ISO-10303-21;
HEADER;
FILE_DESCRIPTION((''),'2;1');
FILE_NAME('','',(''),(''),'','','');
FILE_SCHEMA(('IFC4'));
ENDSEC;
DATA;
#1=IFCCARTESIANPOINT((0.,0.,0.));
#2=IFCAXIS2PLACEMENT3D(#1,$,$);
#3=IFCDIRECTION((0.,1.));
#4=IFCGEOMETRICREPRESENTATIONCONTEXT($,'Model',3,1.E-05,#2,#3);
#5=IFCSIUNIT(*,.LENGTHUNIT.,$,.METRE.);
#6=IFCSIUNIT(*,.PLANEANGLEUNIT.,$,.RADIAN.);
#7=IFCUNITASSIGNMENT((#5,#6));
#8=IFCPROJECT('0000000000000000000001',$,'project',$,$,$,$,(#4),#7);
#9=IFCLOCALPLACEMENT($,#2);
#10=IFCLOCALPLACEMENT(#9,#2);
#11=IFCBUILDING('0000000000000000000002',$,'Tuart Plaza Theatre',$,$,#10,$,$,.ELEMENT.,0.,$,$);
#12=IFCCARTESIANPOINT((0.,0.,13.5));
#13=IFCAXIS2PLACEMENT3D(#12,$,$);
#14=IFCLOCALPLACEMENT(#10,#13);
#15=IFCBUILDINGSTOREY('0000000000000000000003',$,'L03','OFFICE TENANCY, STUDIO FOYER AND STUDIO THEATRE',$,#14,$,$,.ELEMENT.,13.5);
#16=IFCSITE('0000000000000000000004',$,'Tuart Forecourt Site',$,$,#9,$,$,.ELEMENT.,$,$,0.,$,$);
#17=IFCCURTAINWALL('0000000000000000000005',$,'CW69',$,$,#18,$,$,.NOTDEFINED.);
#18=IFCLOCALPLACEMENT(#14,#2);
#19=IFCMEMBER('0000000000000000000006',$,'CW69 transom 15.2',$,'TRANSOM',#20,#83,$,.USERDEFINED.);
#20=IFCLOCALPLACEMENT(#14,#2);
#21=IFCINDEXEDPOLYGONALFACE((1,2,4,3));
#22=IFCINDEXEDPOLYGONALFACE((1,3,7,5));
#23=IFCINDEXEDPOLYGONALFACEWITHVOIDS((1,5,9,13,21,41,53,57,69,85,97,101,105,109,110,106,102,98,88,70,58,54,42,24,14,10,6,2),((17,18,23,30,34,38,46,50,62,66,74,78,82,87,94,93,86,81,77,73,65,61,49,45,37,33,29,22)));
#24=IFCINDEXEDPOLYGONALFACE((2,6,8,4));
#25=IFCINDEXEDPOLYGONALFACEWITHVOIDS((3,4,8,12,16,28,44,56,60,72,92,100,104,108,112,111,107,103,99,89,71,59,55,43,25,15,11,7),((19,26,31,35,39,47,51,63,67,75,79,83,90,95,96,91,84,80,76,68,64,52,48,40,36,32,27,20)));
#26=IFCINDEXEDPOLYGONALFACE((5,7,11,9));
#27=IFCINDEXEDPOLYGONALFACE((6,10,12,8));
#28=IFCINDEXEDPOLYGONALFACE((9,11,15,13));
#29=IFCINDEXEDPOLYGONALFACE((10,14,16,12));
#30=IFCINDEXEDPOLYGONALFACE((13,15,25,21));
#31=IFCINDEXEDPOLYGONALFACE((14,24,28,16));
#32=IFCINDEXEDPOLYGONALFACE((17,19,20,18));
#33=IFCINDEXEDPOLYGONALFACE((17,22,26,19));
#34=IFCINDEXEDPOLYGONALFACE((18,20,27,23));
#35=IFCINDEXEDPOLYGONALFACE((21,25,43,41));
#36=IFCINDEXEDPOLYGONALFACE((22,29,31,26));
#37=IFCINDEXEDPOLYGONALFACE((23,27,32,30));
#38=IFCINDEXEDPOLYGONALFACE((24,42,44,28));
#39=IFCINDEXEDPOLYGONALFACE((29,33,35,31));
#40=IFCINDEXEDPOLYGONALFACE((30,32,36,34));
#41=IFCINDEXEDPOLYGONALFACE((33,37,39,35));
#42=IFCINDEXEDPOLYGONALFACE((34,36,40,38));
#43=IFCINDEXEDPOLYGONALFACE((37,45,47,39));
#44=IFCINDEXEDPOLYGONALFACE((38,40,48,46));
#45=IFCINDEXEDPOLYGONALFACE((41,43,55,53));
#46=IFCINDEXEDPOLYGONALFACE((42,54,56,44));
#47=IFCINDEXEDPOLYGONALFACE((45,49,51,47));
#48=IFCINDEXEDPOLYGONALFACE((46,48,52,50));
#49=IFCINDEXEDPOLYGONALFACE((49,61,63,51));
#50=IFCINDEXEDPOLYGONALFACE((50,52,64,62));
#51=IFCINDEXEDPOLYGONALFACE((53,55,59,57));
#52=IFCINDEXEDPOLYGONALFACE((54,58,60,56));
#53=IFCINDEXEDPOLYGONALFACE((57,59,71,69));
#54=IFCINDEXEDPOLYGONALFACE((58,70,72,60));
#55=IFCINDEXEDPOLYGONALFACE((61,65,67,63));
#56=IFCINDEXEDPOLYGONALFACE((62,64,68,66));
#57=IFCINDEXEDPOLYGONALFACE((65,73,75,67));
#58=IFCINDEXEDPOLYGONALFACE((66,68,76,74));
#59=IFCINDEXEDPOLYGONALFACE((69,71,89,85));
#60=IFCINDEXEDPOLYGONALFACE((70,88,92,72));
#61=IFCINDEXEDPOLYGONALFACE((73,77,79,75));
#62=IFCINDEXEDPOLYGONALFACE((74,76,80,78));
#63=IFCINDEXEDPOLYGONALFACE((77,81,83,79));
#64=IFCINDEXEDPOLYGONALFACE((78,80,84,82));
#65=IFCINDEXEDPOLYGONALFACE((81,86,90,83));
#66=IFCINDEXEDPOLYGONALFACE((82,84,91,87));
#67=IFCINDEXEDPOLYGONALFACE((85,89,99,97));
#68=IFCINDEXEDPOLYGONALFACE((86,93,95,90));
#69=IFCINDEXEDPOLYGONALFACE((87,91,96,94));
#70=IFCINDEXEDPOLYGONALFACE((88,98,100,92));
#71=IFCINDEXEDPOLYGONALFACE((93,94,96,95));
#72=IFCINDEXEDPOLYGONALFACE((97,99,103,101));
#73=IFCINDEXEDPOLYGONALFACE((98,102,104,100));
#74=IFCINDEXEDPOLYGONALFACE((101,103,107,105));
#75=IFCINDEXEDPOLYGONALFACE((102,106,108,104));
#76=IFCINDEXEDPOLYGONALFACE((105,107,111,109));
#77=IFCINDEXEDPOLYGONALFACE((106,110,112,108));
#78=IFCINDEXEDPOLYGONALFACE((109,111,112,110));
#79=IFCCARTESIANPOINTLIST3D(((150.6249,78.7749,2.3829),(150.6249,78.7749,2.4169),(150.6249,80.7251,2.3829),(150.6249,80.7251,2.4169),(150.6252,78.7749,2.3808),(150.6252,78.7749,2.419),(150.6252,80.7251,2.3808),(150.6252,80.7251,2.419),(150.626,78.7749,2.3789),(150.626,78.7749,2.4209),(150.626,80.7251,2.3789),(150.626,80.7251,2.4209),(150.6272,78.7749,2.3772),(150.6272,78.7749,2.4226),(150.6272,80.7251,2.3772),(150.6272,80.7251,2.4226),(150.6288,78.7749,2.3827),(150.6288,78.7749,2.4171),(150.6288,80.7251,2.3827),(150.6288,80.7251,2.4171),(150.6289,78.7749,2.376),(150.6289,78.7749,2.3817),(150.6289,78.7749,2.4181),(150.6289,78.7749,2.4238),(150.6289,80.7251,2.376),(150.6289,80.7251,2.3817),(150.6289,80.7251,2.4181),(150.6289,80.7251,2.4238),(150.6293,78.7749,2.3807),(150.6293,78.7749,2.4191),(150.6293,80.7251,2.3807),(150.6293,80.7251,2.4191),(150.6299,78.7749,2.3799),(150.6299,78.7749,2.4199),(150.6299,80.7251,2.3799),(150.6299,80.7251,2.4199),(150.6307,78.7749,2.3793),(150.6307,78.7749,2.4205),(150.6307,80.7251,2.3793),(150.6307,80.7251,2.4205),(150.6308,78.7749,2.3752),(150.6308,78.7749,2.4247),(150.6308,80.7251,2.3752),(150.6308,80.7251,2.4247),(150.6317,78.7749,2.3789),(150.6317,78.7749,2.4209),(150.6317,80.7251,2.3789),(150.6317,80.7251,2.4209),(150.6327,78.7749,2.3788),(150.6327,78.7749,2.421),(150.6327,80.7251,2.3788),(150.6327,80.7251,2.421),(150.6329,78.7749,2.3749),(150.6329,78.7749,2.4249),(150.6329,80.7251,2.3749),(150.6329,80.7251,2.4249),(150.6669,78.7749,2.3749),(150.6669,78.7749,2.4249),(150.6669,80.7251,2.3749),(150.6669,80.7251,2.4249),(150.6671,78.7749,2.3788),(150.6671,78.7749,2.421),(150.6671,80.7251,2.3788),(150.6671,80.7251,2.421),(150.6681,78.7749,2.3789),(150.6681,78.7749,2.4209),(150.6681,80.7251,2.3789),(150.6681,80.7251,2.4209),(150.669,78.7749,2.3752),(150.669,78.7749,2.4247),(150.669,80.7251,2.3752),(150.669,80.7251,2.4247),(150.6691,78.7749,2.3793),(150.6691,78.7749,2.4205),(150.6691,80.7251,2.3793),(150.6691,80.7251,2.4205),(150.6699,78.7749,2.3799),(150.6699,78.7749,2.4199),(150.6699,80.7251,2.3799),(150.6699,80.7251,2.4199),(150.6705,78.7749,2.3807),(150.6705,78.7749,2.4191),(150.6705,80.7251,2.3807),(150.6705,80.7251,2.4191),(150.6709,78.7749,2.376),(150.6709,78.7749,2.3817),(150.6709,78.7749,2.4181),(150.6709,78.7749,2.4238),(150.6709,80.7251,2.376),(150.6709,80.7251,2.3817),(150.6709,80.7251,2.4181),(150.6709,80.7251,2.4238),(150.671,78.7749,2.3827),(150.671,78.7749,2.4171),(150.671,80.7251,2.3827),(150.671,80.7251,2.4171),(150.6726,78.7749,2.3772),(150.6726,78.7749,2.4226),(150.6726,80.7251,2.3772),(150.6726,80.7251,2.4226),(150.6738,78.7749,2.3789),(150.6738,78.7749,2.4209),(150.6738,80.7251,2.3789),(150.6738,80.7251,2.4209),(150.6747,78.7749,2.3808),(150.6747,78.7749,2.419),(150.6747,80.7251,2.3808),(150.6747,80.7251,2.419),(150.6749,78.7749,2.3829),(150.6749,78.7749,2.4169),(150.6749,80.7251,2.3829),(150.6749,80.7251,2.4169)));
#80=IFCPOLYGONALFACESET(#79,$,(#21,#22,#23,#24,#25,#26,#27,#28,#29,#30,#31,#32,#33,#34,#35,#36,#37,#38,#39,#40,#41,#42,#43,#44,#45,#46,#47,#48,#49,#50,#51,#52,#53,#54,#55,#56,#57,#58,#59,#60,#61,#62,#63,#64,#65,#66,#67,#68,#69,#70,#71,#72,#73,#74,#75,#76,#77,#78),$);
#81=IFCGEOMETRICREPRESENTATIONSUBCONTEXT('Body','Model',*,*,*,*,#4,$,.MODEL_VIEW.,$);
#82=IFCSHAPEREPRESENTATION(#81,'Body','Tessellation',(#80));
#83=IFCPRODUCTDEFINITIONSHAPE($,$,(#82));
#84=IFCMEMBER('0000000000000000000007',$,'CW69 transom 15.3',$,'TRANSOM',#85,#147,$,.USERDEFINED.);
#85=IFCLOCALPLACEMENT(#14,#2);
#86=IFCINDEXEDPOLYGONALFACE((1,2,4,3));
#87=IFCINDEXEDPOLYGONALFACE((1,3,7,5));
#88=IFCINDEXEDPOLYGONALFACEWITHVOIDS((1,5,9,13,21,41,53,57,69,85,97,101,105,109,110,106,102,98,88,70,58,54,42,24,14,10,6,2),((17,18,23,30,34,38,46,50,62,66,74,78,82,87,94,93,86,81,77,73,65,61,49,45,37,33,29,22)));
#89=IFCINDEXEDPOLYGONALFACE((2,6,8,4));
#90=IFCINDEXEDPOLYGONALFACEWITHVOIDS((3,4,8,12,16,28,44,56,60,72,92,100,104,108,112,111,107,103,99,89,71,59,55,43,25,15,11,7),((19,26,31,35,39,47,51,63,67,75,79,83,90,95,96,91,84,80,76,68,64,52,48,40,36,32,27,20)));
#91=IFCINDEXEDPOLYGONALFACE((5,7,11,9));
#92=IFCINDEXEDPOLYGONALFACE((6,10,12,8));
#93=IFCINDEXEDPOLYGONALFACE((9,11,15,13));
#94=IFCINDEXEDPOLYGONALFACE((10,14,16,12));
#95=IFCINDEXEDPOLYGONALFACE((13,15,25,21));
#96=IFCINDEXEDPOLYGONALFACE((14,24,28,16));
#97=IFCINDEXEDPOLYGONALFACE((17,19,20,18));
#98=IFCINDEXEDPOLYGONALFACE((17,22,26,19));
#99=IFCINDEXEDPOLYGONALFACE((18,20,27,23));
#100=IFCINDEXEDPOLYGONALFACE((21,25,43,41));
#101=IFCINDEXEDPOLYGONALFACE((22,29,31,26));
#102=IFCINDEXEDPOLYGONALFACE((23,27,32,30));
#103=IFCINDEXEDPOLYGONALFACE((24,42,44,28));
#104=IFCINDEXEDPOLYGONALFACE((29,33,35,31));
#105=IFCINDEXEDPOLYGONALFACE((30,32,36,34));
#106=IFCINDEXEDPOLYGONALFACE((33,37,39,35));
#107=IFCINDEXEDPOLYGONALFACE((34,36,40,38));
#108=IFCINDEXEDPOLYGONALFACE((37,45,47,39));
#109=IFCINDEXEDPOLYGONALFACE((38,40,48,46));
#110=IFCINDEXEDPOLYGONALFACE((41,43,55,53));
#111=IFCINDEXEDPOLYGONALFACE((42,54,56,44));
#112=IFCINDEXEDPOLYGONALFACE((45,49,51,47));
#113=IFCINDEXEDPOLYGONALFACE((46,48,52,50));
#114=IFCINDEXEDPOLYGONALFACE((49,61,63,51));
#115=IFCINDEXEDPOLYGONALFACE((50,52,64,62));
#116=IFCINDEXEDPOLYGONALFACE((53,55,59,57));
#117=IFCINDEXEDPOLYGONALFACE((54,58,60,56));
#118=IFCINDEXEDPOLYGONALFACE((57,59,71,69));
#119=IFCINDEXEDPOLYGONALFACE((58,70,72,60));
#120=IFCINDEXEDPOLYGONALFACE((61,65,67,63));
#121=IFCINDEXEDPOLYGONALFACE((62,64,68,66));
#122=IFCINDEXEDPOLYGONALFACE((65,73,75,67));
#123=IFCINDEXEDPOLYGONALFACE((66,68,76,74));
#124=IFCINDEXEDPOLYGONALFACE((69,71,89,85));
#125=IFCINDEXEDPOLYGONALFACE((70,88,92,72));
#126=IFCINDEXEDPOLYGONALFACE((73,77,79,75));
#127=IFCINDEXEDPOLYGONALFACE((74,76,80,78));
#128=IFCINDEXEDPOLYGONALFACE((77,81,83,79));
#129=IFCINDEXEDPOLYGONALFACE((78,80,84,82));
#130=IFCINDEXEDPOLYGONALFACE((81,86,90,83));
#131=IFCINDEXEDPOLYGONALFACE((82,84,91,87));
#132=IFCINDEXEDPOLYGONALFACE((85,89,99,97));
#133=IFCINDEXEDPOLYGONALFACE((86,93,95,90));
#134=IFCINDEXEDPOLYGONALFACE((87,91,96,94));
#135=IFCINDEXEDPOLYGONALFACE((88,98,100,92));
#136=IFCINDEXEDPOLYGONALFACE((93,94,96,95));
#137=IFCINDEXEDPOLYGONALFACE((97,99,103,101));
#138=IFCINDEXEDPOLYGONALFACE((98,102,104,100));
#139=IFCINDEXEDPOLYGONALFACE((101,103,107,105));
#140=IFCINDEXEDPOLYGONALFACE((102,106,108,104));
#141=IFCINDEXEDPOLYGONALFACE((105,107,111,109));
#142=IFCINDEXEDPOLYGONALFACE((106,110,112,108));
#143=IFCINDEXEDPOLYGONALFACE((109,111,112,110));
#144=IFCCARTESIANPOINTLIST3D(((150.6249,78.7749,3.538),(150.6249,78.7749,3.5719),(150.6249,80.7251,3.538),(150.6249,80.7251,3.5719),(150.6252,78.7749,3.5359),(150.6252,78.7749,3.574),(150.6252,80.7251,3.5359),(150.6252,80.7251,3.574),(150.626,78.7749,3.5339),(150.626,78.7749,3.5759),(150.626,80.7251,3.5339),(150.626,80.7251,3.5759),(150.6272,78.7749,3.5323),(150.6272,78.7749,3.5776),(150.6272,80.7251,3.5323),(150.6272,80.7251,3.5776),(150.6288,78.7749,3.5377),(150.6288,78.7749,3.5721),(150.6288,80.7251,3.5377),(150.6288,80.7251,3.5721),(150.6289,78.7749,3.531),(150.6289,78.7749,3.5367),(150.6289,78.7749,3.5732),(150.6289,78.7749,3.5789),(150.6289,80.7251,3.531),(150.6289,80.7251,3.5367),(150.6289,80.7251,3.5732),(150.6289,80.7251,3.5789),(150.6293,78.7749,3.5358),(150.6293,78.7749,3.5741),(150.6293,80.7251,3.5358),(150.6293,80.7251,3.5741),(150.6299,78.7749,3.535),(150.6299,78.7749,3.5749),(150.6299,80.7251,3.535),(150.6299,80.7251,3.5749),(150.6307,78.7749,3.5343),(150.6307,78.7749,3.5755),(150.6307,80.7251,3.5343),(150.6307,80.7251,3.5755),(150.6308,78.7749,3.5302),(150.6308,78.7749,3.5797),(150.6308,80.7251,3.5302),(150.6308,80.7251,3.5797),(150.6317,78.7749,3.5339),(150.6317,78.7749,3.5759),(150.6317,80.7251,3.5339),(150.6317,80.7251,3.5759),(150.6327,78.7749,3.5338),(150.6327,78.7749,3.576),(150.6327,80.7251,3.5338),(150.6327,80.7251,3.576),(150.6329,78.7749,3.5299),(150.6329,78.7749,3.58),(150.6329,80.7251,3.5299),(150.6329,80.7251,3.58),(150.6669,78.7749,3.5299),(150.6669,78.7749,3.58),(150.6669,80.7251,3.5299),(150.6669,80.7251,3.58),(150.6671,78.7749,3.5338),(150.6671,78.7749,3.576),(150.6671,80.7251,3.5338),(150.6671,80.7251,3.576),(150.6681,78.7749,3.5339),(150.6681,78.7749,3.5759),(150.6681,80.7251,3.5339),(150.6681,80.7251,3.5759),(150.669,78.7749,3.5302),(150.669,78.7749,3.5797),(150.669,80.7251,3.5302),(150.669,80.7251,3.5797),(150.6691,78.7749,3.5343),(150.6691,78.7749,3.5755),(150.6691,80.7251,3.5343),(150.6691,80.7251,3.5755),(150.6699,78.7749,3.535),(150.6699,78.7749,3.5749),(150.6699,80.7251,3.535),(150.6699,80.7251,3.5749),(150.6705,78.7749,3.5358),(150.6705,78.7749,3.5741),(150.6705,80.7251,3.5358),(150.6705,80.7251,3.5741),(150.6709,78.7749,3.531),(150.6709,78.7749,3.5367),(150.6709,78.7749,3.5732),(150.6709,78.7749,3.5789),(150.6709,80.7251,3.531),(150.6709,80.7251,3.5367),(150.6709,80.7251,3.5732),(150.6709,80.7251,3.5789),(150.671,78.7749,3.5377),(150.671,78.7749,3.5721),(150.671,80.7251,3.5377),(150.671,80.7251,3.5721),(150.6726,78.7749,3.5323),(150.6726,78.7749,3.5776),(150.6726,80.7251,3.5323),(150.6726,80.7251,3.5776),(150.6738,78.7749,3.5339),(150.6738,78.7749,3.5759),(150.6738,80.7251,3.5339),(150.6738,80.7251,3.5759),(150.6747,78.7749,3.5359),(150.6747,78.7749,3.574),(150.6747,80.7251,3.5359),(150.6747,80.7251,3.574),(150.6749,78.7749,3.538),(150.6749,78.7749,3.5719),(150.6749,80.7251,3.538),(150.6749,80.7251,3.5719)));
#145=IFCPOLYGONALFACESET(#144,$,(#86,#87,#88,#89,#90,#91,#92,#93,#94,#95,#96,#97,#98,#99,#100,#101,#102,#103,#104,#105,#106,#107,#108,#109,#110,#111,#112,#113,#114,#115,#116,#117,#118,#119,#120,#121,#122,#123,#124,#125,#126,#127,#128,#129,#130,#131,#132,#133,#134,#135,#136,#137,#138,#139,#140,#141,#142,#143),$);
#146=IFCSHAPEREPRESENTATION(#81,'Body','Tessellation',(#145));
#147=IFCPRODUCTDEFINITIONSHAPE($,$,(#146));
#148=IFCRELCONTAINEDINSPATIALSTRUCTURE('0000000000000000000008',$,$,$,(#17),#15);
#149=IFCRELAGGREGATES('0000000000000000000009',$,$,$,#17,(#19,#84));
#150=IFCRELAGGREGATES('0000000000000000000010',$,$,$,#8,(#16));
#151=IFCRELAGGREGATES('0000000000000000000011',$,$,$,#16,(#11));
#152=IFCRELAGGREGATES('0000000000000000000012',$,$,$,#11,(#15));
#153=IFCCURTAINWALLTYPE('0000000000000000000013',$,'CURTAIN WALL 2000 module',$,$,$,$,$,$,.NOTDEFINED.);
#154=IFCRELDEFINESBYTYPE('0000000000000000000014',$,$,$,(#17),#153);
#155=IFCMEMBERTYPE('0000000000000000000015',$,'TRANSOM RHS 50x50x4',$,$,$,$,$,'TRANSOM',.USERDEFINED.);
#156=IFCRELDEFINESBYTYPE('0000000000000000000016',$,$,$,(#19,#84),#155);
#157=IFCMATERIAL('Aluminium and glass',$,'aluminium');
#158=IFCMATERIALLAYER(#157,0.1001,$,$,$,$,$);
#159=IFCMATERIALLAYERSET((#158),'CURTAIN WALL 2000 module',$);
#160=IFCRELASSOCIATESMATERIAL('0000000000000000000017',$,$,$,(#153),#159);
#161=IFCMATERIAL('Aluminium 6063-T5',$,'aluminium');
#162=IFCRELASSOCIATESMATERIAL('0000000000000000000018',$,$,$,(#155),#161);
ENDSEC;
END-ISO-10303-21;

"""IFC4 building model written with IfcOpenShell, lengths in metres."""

from ifc_helpers import new_model, si_unit, direction, frame, origin, origin_2d, place, context, subcontext, project, spatial, hollow_rectangle, extrude, material, layer, layer_set, material_profile, profile_set, type_object, element, aggregate, save


model = new_model("IFC4")

# Units and contexts
model_context = context("Model", 3, precision=1e-05, world=origin(), true_north=direction((0.0, 1.0)))
body_context = subcontext(model_context, "Body", "Model", "MODEL_VIEW")
ifc_project = project(units=[si_unit("LENGTHUNIT", "METRE"), si_unit("PLANEANGLEUNIT", "RADIAN")], contexts=[model_context])

# Site, building, storey
site_placement = place(None, origin())
site = spatial("IfcSite", under=ifc_project, at=site_placement, Name="Tuart Forecourt Site", CompositionType="ELEMENT", RefElevation=0.0)
building_placement = place(site_placement, origin())
building = spatial("IfcBuilding", under=site, at=building_placement, Name="Tuart Plaza Theatre", CompositionType="ELEMENT", ElevationOfRefHeight=0.0)
storey_placement = place(building_placement, frame((0.0, 0.0, 13.5)))
storey = spatial("IfcBuildingStorey", under=building, at=storey_placement, Name="L03", Description="OFFICE TENANCY, STUDIO FOYER AND STUDIO THEATRE", CompositionType="ELEMENT", Elevation=13.5)

# Curtain wall, members
ifc_material_1 = material(Name="Aluminium and glass", Category="aluminium")
ifc_layer_1 = layer(ifc_material_1, 0.1001)
ifc_layer_set_1 = layer_set([ifc_layer_1], Name="CURTAIN WALL 2000 module")
curtain_wall_type = type_object("IfcCurtainWallType", Name="CURTAIN WALL 2000 module", PredefinedType="NOTDEFINED", material=ifc_layer_set_1)
curtain_wall_placement = place(storey_placement, origin())
curtain_wall = element("IfcCurtainWall", 1, at=curtain_wall_placement, inside=storey, type_object=curtain_wall_type, Name="CW69", PredefinedType="NOTDEFINED")
ifc_material_2 = material(Name="Aluminium 6063-T5", Category="aluminium")
ifc_material_profile_1 = material_profile(ifc_material_2, hollow_rectangle(XDim=0.05, YDim=0.05, WallThickness=0.0039, InnerFilletRadius=0.0039, OuterFilletRadius=0.0081, at=origin_2d()), Name="RHS 50x50x4")
ifc_profile_set_1 = profile_set([ifc_material_profile_1], Name="Aluminium 6063-T5")
member_type_1 = type_object("IfcMemberType", Name="TRANSOM RHS 50x50x4", ElementType="TRANSOM", PredefinedType="USERDEFINED", material=ifc_profile_set_1)
member_1_placement = place(storey_placement, frame((150.6499, 78.7749, 2.3999), z_axis=(0.0, 1.0, 0.0), x_axis=(-1.0, 0.0, 0.0)))
member_1 = element("IfcMember", 2, at=member_1_placement, type_object=member_type_1, Name="CW69 transom 15.2", ObjectType="TRANSOM", PredefinedType="USERDEFINED", context=body_context, shape_type="SweptSolid", body=[
    extrude(hollow_rectangle(XDim=0.05, YDim=0.05, WallThickness=0.0039, InnerFilletRadius=0.0039, OuterFilletRadius=0.0081, at=origin_2d()), origin(), (0.0, 0.0, 1.0), 1.9502),
])
member_2_placement = place(storey_placement, frame((150.6499, 78.7749, 3.5549), z_axis=(0.0, 1.0, 0.0), x_axis=(-1.0, 0.0, 0.0)))
member_2 = element("IfcMember", 3, at=member_2_placement, type_object=member_type_1, Name="CW69 transom 15.3", ObjectType="TRANSOM", PredefinedType="USERDEFINED", context=body_context, shape_type="SweptSolid", body=[
    extrude(hollow_rectangle(XDim=0.05, YDim=0.05, WallThickness=0.0039, InnerFilletRadius=0.0039, OuterFilletRadius=0.0081, at=origin_2d()), origin(), (0.0, 0.0, 1.0), 1.9502),
])
aggregate(curtain_wall, [member_1, member_2])

save(model, "model.ifc")
